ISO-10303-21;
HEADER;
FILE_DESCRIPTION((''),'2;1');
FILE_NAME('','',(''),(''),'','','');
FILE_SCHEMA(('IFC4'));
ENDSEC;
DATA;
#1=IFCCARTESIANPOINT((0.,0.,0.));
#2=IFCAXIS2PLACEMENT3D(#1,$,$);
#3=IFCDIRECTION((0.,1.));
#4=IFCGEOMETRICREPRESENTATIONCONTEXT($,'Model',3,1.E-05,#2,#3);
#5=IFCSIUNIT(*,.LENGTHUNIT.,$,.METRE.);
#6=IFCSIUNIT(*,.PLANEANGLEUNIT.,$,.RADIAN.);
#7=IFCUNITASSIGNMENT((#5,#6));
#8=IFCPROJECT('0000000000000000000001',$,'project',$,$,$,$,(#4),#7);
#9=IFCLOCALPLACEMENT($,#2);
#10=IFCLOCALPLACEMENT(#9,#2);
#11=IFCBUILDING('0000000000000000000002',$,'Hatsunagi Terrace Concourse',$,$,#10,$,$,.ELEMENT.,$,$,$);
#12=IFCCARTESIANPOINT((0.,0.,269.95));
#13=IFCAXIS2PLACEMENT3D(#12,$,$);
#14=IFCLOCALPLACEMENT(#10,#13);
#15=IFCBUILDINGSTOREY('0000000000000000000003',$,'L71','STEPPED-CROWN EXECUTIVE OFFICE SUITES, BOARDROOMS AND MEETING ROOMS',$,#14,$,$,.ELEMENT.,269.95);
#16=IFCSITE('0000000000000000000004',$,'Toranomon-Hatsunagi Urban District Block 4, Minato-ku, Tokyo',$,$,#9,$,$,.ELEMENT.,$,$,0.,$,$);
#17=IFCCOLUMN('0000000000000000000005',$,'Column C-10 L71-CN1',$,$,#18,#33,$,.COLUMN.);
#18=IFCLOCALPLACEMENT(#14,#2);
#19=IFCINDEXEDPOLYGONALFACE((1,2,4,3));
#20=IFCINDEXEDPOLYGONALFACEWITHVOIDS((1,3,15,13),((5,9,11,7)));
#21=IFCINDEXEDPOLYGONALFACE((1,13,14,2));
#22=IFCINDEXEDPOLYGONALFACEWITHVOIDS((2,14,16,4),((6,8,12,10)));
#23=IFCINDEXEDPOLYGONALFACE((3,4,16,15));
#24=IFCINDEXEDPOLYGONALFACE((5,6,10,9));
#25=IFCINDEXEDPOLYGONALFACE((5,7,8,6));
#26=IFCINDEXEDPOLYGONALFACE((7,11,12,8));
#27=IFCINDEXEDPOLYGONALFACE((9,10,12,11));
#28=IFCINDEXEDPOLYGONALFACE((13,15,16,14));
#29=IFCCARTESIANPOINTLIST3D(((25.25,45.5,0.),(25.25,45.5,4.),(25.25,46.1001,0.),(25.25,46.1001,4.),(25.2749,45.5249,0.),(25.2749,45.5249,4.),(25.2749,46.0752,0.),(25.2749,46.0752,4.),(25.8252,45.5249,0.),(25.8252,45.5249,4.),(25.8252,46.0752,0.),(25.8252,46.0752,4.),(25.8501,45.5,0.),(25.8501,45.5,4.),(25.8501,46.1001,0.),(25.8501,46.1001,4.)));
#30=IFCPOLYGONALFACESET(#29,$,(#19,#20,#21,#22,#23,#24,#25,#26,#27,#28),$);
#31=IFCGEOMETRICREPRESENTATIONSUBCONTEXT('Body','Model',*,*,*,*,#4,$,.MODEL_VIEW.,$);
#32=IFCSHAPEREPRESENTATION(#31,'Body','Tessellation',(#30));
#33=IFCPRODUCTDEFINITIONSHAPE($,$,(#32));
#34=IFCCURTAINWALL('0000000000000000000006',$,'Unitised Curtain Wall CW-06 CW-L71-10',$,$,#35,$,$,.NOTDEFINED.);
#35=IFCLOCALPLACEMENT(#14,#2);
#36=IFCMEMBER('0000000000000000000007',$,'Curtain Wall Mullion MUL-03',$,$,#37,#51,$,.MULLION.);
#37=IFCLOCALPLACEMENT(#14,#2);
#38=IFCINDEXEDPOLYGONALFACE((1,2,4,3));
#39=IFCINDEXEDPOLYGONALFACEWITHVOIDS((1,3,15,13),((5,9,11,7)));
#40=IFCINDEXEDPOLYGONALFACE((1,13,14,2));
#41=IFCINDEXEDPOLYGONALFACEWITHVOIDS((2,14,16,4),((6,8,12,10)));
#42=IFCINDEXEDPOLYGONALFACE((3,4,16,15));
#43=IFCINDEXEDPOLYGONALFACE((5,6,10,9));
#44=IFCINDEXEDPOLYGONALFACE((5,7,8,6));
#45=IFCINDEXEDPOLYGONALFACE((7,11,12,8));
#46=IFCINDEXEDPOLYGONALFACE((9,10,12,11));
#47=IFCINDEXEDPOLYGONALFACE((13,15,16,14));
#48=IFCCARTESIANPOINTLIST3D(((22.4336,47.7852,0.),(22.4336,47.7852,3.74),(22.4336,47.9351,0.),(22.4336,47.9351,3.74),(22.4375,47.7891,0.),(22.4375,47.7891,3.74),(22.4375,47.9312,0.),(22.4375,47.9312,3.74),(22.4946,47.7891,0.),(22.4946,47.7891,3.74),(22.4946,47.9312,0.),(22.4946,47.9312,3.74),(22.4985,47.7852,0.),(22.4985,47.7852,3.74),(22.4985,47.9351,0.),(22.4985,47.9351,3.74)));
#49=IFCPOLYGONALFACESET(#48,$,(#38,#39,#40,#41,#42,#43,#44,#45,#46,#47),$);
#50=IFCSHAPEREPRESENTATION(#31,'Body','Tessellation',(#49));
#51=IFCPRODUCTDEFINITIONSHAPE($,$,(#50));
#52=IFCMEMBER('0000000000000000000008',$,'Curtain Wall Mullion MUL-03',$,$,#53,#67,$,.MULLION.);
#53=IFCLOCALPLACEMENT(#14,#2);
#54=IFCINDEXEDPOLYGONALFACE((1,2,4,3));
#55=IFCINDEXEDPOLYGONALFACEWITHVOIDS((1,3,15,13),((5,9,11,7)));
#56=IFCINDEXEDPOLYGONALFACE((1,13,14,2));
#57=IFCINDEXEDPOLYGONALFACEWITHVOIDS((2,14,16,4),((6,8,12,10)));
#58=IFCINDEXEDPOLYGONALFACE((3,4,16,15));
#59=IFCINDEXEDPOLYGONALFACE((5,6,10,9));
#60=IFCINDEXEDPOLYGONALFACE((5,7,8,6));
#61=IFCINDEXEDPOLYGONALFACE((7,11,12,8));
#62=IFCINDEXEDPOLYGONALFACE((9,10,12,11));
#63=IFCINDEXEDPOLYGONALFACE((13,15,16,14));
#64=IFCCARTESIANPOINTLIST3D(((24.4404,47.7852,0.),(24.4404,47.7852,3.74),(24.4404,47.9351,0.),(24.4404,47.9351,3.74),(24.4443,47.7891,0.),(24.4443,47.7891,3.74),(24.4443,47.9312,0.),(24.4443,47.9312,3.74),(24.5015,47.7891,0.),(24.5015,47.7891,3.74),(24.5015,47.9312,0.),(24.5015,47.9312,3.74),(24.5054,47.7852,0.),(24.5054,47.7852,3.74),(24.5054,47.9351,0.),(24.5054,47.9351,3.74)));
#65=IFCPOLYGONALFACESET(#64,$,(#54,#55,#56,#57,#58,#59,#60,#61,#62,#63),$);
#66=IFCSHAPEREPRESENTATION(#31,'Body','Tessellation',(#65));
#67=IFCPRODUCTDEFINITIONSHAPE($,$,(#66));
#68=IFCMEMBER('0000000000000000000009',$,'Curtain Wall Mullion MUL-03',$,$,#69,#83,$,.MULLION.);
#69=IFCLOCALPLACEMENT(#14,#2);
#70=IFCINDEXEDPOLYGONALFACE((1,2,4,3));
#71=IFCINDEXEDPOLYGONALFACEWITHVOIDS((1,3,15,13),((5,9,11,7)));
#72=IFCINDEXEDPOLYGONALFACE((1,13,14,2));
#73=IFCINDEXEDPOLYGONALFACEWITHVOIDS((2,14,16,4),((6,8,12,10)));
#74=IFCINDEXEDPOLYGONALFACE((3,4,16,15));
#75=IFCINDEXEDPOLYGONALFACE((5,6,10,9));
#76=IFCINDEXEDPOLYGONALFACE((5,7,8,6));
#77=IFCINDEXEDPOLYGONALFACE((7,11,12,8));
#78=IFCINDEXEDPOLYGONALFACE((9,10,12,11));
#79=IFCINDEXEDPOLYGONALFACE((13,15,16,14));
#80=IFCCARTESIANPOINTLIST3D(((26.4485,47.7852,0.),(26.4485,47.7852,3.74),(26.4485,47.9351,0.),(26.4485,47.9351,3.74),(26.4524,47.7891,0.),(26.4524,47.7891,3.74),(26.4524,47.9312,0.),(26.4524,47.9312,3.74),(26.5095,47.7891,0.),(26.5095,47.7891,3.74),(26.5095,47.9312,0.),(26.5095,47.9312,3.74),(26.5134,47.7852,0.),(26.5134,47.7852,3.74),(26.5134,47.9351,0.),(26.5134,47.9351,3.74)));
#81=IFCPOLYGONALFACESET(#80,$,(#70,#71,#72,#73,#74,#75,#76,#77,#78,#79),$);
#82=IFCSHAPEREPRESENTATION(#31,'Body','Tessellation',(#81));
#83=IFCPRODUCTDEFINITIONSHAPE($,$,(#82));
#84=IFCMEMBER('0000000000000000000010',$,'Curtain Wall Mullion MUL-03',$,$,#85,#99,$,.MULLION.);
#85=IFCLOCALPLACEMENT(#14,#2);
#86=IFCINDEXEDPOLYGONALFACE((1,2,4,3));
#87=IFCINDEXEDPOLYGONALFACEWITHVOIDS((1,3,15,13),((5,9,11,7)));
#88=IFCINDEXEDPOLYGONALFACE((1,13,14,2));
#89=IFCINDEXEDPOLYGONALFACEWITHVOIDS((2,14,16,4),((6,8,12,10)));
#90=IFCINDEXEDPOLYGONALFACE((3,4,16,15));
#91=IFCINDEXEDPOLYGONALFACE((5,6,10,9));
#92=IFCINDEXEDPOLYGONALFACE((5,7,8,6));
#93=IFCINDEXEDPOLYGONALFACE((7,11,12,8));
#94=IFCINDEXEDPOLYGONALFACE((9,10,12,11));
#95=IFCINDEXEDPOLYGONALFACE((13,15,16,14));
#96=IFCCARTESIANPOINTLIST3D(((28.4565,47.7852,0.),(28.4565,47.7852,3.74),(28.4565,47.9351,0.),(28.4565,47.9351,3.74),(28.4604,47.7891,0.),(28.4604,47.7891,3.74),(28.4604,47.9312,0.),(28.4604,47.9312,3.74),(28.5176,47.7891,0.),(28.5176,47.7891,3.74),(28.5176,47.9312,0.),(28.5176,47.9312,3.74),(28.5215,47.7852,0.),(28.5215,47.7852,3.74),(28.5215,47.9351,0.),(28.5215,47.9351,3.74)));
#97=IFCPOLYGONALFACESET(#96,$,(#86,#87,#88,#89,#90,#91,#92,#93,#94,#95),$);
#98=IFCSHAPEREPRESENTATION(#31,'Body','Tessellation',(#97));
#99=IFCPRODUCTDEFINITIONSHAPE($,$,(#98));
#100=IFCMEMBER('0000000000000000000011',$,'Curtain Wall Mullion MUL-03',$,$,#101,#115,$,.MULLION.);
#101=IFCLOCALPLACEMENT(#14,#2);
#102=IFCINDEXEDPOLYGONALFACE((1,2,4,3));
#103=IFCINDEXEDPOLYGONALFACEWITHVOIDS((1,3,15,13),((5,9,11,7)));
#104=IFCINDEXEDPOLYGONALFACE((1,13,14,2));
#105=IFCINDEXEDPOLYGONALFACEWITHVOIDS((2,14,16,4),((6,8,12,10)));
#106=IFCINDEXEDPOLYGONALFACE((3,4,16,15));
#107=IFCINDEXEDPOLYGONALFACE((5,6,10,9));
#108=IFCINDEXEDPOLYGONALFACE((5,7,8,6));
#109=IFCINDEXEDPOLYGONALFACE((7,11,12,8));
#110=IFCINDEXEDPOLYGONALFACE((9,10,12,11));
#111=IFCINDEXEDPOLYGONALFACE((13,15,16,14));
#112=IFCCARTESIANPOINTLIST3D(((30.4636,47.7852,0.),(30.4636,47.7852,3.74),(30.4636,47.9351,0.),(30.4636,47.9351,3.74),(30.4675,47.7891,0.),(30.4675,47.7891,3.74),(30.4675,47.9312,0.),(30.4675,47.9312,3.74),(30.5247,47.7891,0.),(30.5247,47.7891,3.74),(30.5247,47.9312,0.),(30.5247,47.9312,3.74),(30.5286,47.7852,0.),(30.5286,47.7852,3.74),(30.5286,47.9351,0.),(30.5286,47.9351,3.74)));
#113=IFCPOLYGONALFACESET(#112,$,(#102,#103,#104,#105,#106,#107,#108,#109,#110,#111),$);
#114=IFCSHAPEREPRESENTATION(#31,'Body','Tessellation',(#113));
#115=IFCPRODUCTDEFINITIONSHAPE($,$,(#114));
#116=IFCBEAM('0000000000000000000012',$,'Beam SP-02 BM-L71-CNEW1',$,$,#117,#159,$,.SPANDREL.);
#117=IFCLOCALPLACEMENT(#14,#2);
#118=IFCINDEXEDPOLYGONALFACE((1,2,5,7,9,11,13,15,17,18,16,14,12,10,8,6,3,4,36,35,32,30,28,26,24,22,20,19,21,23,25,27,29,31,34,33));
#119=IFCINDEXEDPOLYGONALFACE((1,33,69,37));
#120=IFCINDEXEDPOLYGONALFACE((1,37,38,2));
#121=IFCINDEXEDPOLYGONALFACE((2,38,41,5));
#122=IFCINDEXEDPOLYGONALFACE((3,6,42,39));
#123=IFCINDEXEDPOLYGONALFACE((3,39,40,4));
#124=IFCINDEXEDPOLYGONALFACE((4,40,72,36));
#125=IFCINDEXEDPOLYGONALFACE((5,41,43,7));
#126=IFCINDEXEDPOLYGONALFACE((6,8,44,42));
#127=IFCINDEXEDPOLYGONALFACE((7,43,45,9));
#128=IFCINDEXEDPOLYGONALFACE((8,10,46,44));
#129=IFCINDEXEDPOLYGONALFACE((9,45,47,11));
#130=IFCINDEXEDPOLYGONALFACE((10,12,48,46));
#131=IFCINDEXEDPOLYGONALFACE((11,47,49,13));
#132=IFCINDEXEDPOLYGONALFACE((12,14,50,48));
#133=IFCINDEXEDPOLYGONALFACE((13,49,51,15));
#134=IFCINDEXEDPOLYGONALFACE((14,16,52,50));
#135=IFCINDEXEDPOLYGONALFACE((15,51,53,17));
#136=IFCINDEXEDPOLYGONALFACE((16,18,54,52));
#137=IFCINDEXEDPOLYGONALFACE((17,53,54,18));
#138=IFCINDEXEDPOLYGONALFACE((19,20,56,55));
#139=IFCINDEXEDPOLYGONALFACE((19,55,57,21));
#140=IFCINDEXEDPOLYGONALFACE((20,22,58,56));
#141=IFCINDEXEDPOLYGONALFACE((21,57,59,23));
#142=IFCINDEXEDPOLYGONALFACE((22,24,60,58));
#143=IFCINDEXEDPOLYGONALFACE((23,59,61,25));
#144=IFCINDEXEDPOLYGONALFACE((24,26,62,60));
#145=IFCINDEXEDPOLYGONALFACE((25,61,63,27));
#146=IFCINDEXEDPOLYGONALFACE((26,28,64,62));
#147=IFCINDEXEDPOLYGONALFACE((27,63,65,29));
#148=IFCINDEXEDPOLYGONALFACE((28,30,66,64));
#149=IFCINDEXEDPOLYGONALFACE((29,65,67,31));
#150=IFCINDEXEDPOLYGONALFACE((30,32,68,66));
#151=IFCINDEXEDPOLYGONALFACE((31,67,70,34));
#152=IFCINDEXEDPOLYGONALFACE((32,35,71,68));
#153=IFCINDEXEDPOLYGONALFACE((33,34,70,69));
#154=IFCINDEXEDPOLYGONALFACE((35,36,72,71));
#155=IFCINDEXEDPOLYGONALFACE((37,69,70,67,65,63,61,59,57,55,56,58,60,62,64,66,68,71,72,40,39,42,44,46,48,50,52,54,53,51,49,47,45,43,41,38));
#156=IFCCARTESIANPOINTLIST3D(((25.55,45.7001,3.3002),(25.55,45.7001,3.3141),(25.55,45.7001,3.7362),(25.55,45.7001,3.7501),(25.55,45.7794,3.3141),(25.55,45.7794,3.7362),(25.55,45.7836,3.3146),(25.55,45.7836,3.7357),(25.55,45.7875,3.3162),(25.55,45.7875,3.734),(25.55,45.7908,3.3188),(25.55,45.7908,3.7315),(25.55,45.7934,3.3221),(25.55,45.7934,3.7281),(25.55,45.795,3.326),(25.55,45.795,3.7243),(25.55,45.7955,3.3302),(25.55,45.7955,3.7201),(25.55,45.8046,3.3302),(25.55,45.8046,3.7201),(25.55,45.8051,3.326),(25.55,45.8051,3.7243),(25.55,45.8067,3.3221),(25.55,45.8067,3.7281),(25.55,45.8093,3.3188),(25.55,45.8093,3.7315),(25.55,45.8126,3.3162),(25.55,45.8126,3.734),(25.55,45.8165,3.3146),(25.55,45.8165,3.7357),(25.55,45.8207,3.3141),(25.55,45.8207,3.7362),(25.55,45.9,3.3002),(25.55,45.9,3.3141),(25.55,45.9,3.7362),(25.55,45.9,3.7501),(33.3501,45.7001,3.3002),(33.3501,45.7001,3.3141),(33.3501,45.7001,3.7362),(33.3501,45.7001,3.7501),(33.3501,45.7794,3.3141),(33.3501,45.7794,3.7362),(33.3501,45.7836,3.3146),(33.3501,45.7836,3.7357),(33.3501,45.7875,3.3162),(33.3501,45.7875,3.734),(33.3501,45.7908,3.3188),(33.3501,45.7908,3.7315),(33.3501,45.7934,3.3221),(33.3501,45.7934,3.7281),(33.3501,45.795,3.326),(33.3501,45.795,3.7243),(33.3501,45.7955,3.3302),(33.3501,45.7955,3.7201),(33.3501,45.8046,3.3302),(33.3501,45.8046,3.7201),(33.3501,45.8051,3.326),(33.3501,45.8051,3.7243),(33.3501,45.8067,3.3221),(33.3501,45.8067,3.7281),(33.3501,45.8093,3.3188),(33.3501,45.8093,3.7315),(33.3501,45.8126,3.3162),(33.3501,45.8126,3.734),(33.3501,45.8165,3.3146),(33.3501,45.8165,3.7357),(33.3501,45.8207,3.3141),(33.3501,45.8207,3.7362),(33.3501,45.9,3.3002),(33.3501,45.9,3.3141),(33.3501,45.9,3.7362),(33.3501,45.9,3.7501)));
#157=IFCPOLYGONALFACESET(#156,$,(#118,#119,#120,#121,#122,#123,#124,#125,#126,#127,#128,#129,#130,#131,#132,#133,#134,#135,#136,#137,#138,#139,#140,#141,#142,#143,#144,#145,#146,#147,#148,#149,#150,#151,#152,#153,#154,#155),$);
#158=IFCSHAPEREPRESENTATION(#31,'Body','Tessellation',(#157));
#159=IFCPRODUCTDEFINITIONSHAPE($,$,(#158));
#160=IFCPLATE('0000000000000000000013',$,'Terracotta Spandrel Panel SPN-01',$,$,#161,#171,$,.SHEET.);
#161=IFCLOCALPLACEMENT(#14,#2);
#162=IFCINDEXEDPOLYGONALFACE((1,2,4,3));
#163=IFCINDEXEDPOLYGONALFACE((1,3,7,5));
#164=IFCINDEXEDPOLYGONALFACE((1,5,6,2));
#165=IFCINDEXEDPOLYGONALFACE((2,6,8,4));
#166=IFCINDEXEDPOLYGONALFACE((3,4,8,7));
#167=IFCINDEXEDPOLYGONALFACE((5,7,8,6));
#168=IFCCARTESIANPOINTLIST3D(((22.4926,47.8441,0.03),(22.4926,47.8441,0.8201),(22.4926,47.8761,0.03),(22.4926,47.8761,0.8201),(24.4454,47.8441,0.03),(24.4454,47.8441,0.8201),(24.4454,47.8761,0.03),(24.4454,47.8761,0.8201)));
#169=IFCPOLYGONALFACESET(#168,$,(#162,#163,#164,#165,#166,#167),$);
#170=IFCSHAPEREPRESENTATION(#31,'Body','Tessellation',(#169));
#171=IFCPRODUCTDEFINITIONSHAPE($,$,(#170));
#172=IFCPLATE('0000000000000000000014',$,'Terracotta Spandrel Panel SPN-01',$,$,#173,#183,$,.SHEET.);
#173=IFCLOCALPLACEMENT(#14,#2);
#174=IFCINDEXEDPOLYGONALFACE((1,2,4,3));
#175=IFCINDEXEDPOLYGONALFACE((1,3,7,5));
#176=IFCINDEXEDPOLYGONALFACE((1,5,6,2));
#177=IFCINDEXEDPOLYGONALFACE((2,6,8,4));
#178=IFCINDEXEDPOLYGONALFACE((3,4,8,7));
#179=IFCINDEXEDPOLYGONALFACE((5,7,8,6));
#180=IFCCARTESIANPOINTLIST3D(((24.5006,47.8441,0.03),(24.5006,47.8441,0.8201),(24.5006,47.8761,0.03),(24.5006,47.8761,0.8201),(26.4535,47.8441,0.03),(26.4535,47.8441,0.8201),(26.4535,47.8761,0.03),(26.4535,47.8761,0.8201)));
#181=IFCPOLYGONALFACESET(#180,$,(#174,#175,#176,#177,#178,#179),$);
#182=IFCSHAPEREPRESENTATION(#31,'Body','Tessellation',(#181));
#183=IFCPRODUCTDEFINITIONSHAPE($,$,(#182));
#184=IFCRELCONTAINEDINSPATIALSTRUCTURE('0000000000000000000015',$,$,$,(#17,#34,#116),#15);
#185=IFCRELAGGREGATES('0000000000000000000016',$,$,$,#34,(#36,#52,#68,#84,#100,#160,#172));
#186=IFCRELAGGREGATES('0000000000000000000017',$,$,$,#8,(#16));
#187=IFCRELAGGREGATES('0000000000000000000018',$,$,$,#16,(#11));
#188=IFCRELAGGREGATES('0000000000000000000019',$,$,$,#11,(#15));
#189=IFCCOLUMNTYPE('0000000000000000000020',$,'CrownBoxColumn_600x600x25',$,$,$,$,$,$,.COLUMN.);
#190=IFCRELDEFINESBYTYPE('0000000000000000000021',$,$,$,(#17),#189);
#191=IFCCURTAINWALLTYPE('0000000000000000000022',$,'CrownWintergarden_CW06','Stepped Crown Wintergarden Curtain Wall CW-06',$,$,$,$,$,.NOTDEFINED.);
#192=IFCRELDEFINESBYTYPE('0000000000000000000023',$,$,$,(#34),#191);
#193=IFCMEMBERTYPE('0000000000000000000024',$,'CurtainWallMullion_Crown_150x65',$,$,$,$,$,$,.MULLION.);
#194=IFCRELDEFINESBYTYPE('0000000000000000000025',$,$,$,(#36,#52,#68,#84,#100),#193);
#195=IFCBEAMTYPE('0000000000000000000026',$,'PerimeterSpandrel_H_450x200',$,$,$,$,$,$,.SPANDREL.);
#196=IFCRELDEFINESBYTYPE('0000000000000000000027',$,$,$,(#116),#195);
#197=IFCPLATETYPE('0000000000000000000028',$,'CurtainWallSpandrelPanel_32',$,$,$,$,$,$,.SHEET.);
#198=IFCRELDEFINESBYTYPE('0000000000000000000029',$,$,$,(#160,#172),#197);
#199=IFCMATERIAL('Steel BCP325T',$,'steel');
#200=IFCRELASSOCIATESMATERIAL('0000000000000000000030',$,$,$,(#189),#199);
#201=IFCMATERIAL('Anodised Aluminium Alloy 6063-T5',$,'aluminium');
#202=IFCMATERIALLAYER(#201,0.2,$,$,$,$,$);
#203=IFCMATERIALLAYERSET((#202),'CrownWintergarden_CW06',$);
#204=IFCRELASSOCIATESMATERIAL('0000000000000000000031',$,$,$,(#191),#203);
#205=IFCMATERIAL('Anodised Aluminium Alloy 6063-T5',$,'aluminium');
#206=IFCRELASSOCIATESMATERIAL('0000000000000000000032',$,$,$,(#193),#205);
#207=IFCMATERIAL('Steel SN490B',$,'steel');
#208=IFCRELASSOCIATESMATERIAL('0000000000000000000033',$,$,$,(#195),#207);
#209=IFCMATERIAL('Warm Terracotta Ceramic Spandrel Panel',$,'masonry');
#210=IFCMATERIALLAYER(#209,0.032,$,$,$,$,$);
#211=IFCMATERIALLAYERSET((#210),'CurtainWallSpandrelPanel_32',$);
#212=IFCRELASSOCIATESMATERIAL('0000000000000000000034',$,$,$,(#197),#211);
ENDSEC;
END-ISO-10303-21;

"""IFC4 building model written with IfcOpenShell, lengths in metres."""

from ifc_helpers import new_model, si_unit, direction, frame, origin, origin_2d, place, context, subcontext, project, spatial, rectangle, hollow_rectangle, i_section, extrude, material, layer, layer_set, material_profile, profile_set, type_object, element, aggregate, save


model = new_model("IFC4")

# Units and contexts
model_context = context("Model", 3, precision=1e-05, world=origin(), true_north=direction((0.0, 1.0)))
body_context = subcontext(model_context, "Body", "Model", "MODEL_VIEW")
ifc_project = project(units=[si_unit("LENGTHUNIT", "METRE"), si_unit("PLANEANGLEUNIT", "RADIAN")], contexts=[model_context])

# Site, building, storey
site_placement = place(None, origin())
site = spatial("IfcSite", under=ifc_project, at=site_placement, Name="Toranomon-Hatsunagi Urban District Block 4, Minato-ku, Tokyo", CompositionType="ELEMENT", RefElevation=0.0)
building_placement = place(site_placement, origin())
building = spatial("IfcBuilding", under=site, at=building_placement, Name="Hatsunagi Terrace Concourse", CompositionType="ELEMENT")
storey_placement = place(building_placement, frame((0.0, 0.0, 269.95)))
storey = spatial("IfcBuildingStorey", under=building, at=storey_placement, Name="L71", Description="STEPPED-CROWN EXECUTIVE OFFICE SUITES, BOARDROOMS AND MEETING ROOMS", CompositionType="ELEMENT", Elevation=269.95)

# Column
ifc_material_1 = material(Name="Steel BCP325T", Category="steel")
ifc_material_profile_1 = material_profile(ifc_material_1, hollow_rectangle(XDim=0.6001, YDim=0.6001, WallThickness=0.0249, at=origin_2d()), Name="BCP-600x600x25")
ifc_profile_set_1 = profile_set([ifc_material_profile_1], Name="Steel BCP325T")
column_type = type_object("IfcColumnType", Name="CrownBoxColumn_600x600x25", PredefinedType="COLUMN", material=ifc_profile_set_1)
column_placement = place(storey_placement, frame((25.55, 45.8, 0.0), z_axis=(0.0, 0.0, 1.0), x_axis=(1.0, 0.0, 0.0)))
element("IfcColumn", 1, at=column_placement, inside=storey, type_object=column_type, Name="Column C-10 L71-CN1", PredefinedType="COLUMN", context=body_context, shape_type="SweptSolid", body=[
    extrude(hollow_rectangle(XDim=0.6001, YDim=0.6001, WallThickness=0.0249, at=origin_2d()), origin(), (0.0, 0.0, 1.0), 4.0),
])

# Curtain wall, members
ifc_material_2 = material(Name="Anodised Aluminium Alloy 6063-T5", Category="aluminium")
ifc_layer_1 = layer(ifc_material_2, 0.2)
ifc_layer_set_1 = layer_set([ifc_layer_1], Name="CrownWintergarden_CW06")
curtain_wall_type = type_object("IfcCurtainWallType", Name="CrownWintergarden_CW06", Description="Stepped Crown Wintergarden Curtain Wall CW-06", PredefinedType="NOTDEFINED", material=ifc_layer_set_1)
curtain_wall_placement = place(storey_placement, origin())
curtain_wall = element("IfcCurtainWall", 2, at=curtain_wall_placement, inside=storey, type_object=curtain_wall_type, Name="Unitised Curtain Wall CW-06 CW-L71-10", PredefinedType="NOTDEFINED")
ifc_material_3 = material(Name="Anodised Aluminium Alloy 6063-T5", Category="aluminium")
ifc_material_profile_2 = material_profile(ifc_material_3, hollow_rectangle(XDim=0.0649, YDim=0.1499, WallThickness=0.0039, at=origin_2d()), Name="ALU-MUL-150x65x4")
ifc_profile_set_2 = profile_set([ifc_material_profile_2], Name="Anodised Aluminium Alloy 6063-T5")
member_type = type_object("IfcMemberType", Name="CurtainWallMullion_Crown_150x65", PredefinedType="MULLION", material=ifc_profile_set_2)
member_1_placement = place(storey_placement, frame((22.4661, 47.8601, 0.0), z_axis=(0.0, 0.0, 1.0), x_axis=(1.0, 0.0, 0.0)))
member_1 = element("IfcMember", 3, at=member_1_placement, type_object=member_type, Name="Curtain Wall Mullion MUL-03", PredefinedType="MULLION", context=body_context, shape_type="SweptSolid", body=[
    extrude(hollow_rectangle(XDim=0.0649, YDim=0.1499, WallThickness=0.0039, at=origin_2d()), origin(), (0.0, 0.0, 1.0), 3.74),
])
member_2_placement = place(storey_placement, frame((24.4729, 47.8601, 0.0), z_axis=(0.0, 0.0, 1.0), x_axis=(1.0, 0.0, 0.0)))
member_2 = element("IfcMember", 4, at=member_2_placement, type_object=member_type, Name="Curtain Wall Mullion MUL-03", PredefinedType="MULLION", context=body_context, shape_type="SweptSolid", body=[
    extrude(hollow_rectangle(XDim=0.0649, YDim=0.1499, WallThickness=0.0039, at=origin_2d()), origin(), (0.0, 0.0, 1.0), 3.74),
])
member_3_placement = place(storey_placement, frame((26.481, 47.8601, 0.0), z_axis=(0.0, 0.0, 1.0), x_axis=(1.0, 0.0, 0.0)))
member_3 = element("IfcMember", 5, at=member_3_placement, type_object=member_type, Name="Curtain Wall Mullion MUL-03", PredefinedType="MULLION", context=body_context, shape_type="SweptSolid", body=[
    extrude(hollow_rectangle(XDim=0.0649, YDim=0.1499, WallThickness=0.0039, at=origin_2d()), origin(), (0.0, 0.0, 1.0), 3.74),
])
member_4_placement = place(storey_placement, frame((28.489, 47.8601, 0.0), z_axis=(0.0, 0.0, 1.0), x_axis=(1.0, 0.0, 0.0)))
member_4 = element("IfcMember", 6, at=member_4_placement, type_object=member_type, Name="Curtain Wall Mullion MUL-03", PredefinedType="MULLION", context=body_context, shape_type="SweptSolid", body=[
    extrude(hollow_rectangle(XDim=0.0649, YDim=0.1499, WallThickness=0.0039, at=origin_2d()), origin(), (0.0, 0.0, 1.0), 3.74),
])
member_5_placement = place(storey_placement, frame((30.4961, 47.8601, 0.0), z_axis=(0.0, 0.0, 1.0), x_axis=(1.0, 0.0, 0.0)))
member_5 = element("IfcMember", 7, at=member_5_placement, type_object=member_type, Name="Curtain Wall Mullion MUL-03", PredefinedType="MULLION", context=body_context, shape_type="SweptSolid", body=[
    extrude(hollow_rectangle(XDim=0.0649, YDim=0.1499, WallThickness=0.0039, at=origin_2d()), origin(), (0.0, 0.0, 1.0), 3.74),
])

# Beam
ifc_material_4 = material(Name="Steel SN490B", Category="steel")
ifc_material_profile_3 = material_profile(ifc_material_4, i_section(OverallWidth=0.2, OverallDepth=0.45, WebThickness=0.009, FlangeThickness=0.0139, FilletRadius=0.0161, at=origin_2d()), Name="H-450x200x9x14")
ifc_profile_set_3 = profile_set([ifc_material_profile_3], Name="Steel SN490B")
beam_type = type_object("IfcBeamType", Name="PerimeterSpandrel_H_450x200", PredefinedType="SPANDREL", material=ifc_profile_set_3)
beam_placement = place(storey_placement, frame((25.55, 45.8, 3.5251), z_axis=(1.0, 0.0, 0.0), x_axis=(0.0, 1.0, 0.0)))
element("IfcBeam", 8, at=beam_placement, inside=storey, type_object=beam_type, Name="Beam SP-02 BM-L71-CNEW1", PredefinedType="SPANDREL", context=body_context, shape_type="SweptSolid", body=[
    extrude(i_section(OverallWidth=0.2, OverallDepth=0.45, WebThickness=0.009, FlangeThickness=0.0139, FilletRadius=0.0161, at=origin_2d()), origin(), (0.0, 0.0, 1.0), 7.8),
])

# Plates
ifc_material_5 = material(Name="Warm Terracotta Ceramic Spandrel Panel", Category="masonry")
ifc_layer_2 = layer(ifc_material_5, 0.032)
ifc_layer_set_2 = layer_set([ifc_layer_2], Name="CurtainWallSpandrelPanel_32")
plate_type_1 = type_object("IfcPlateType", Name="CurtainWallSpandrelPanel_32", PredefinedType="SHEET", material=ifc_layer_set_2)
plate_1_placement = place(storey_placement, frame((23.469, 47.8601, 0.03), z_axis=(0.0, 0.0, 1.0), x_axis=(1.0, 0.0, 0.0)))
plate_1 = element("IfcPlate", 9, at=plate_1_placement, type_object=plate_type_1, Name="Terracotta Spandrel Panel SPN-01", PredefinedType="SHEET", context=body_context, shape_type="SweptSolid", body=[
    extrude(rectangle(XDim=1.9529, YDim=0.032, at=origin_2d()), origin(), (0.0, 0.0, 1.0), 0.79),
])
plate_2_placement = place(storey_placement, frame((25.4771, 47.8601, 0.03), z_axis=(0.0, 0.0, 1.0), x_axis=(1.0, 0.0, 0.0)))
plate_2 = element("IfcPlate", 10, at=plate_2_placement, type_object=plate_type_1, Name="Terracotta Spandrel Panel SPN-01", PredefinedType="SHEET", context=body_context, shape_type="SweptSolid", body=[
    extrude(rectangle(XDim=1.9529, YDim=0.032, at=origin_2d()), origin(), (0.0, 0.0, 1.0), 0.79),
])
aggregate(curtain_wall, [member_1, member_2, member_3, member_4, member_5, plate_1, plate_2])

save(model, "model.ifc")
